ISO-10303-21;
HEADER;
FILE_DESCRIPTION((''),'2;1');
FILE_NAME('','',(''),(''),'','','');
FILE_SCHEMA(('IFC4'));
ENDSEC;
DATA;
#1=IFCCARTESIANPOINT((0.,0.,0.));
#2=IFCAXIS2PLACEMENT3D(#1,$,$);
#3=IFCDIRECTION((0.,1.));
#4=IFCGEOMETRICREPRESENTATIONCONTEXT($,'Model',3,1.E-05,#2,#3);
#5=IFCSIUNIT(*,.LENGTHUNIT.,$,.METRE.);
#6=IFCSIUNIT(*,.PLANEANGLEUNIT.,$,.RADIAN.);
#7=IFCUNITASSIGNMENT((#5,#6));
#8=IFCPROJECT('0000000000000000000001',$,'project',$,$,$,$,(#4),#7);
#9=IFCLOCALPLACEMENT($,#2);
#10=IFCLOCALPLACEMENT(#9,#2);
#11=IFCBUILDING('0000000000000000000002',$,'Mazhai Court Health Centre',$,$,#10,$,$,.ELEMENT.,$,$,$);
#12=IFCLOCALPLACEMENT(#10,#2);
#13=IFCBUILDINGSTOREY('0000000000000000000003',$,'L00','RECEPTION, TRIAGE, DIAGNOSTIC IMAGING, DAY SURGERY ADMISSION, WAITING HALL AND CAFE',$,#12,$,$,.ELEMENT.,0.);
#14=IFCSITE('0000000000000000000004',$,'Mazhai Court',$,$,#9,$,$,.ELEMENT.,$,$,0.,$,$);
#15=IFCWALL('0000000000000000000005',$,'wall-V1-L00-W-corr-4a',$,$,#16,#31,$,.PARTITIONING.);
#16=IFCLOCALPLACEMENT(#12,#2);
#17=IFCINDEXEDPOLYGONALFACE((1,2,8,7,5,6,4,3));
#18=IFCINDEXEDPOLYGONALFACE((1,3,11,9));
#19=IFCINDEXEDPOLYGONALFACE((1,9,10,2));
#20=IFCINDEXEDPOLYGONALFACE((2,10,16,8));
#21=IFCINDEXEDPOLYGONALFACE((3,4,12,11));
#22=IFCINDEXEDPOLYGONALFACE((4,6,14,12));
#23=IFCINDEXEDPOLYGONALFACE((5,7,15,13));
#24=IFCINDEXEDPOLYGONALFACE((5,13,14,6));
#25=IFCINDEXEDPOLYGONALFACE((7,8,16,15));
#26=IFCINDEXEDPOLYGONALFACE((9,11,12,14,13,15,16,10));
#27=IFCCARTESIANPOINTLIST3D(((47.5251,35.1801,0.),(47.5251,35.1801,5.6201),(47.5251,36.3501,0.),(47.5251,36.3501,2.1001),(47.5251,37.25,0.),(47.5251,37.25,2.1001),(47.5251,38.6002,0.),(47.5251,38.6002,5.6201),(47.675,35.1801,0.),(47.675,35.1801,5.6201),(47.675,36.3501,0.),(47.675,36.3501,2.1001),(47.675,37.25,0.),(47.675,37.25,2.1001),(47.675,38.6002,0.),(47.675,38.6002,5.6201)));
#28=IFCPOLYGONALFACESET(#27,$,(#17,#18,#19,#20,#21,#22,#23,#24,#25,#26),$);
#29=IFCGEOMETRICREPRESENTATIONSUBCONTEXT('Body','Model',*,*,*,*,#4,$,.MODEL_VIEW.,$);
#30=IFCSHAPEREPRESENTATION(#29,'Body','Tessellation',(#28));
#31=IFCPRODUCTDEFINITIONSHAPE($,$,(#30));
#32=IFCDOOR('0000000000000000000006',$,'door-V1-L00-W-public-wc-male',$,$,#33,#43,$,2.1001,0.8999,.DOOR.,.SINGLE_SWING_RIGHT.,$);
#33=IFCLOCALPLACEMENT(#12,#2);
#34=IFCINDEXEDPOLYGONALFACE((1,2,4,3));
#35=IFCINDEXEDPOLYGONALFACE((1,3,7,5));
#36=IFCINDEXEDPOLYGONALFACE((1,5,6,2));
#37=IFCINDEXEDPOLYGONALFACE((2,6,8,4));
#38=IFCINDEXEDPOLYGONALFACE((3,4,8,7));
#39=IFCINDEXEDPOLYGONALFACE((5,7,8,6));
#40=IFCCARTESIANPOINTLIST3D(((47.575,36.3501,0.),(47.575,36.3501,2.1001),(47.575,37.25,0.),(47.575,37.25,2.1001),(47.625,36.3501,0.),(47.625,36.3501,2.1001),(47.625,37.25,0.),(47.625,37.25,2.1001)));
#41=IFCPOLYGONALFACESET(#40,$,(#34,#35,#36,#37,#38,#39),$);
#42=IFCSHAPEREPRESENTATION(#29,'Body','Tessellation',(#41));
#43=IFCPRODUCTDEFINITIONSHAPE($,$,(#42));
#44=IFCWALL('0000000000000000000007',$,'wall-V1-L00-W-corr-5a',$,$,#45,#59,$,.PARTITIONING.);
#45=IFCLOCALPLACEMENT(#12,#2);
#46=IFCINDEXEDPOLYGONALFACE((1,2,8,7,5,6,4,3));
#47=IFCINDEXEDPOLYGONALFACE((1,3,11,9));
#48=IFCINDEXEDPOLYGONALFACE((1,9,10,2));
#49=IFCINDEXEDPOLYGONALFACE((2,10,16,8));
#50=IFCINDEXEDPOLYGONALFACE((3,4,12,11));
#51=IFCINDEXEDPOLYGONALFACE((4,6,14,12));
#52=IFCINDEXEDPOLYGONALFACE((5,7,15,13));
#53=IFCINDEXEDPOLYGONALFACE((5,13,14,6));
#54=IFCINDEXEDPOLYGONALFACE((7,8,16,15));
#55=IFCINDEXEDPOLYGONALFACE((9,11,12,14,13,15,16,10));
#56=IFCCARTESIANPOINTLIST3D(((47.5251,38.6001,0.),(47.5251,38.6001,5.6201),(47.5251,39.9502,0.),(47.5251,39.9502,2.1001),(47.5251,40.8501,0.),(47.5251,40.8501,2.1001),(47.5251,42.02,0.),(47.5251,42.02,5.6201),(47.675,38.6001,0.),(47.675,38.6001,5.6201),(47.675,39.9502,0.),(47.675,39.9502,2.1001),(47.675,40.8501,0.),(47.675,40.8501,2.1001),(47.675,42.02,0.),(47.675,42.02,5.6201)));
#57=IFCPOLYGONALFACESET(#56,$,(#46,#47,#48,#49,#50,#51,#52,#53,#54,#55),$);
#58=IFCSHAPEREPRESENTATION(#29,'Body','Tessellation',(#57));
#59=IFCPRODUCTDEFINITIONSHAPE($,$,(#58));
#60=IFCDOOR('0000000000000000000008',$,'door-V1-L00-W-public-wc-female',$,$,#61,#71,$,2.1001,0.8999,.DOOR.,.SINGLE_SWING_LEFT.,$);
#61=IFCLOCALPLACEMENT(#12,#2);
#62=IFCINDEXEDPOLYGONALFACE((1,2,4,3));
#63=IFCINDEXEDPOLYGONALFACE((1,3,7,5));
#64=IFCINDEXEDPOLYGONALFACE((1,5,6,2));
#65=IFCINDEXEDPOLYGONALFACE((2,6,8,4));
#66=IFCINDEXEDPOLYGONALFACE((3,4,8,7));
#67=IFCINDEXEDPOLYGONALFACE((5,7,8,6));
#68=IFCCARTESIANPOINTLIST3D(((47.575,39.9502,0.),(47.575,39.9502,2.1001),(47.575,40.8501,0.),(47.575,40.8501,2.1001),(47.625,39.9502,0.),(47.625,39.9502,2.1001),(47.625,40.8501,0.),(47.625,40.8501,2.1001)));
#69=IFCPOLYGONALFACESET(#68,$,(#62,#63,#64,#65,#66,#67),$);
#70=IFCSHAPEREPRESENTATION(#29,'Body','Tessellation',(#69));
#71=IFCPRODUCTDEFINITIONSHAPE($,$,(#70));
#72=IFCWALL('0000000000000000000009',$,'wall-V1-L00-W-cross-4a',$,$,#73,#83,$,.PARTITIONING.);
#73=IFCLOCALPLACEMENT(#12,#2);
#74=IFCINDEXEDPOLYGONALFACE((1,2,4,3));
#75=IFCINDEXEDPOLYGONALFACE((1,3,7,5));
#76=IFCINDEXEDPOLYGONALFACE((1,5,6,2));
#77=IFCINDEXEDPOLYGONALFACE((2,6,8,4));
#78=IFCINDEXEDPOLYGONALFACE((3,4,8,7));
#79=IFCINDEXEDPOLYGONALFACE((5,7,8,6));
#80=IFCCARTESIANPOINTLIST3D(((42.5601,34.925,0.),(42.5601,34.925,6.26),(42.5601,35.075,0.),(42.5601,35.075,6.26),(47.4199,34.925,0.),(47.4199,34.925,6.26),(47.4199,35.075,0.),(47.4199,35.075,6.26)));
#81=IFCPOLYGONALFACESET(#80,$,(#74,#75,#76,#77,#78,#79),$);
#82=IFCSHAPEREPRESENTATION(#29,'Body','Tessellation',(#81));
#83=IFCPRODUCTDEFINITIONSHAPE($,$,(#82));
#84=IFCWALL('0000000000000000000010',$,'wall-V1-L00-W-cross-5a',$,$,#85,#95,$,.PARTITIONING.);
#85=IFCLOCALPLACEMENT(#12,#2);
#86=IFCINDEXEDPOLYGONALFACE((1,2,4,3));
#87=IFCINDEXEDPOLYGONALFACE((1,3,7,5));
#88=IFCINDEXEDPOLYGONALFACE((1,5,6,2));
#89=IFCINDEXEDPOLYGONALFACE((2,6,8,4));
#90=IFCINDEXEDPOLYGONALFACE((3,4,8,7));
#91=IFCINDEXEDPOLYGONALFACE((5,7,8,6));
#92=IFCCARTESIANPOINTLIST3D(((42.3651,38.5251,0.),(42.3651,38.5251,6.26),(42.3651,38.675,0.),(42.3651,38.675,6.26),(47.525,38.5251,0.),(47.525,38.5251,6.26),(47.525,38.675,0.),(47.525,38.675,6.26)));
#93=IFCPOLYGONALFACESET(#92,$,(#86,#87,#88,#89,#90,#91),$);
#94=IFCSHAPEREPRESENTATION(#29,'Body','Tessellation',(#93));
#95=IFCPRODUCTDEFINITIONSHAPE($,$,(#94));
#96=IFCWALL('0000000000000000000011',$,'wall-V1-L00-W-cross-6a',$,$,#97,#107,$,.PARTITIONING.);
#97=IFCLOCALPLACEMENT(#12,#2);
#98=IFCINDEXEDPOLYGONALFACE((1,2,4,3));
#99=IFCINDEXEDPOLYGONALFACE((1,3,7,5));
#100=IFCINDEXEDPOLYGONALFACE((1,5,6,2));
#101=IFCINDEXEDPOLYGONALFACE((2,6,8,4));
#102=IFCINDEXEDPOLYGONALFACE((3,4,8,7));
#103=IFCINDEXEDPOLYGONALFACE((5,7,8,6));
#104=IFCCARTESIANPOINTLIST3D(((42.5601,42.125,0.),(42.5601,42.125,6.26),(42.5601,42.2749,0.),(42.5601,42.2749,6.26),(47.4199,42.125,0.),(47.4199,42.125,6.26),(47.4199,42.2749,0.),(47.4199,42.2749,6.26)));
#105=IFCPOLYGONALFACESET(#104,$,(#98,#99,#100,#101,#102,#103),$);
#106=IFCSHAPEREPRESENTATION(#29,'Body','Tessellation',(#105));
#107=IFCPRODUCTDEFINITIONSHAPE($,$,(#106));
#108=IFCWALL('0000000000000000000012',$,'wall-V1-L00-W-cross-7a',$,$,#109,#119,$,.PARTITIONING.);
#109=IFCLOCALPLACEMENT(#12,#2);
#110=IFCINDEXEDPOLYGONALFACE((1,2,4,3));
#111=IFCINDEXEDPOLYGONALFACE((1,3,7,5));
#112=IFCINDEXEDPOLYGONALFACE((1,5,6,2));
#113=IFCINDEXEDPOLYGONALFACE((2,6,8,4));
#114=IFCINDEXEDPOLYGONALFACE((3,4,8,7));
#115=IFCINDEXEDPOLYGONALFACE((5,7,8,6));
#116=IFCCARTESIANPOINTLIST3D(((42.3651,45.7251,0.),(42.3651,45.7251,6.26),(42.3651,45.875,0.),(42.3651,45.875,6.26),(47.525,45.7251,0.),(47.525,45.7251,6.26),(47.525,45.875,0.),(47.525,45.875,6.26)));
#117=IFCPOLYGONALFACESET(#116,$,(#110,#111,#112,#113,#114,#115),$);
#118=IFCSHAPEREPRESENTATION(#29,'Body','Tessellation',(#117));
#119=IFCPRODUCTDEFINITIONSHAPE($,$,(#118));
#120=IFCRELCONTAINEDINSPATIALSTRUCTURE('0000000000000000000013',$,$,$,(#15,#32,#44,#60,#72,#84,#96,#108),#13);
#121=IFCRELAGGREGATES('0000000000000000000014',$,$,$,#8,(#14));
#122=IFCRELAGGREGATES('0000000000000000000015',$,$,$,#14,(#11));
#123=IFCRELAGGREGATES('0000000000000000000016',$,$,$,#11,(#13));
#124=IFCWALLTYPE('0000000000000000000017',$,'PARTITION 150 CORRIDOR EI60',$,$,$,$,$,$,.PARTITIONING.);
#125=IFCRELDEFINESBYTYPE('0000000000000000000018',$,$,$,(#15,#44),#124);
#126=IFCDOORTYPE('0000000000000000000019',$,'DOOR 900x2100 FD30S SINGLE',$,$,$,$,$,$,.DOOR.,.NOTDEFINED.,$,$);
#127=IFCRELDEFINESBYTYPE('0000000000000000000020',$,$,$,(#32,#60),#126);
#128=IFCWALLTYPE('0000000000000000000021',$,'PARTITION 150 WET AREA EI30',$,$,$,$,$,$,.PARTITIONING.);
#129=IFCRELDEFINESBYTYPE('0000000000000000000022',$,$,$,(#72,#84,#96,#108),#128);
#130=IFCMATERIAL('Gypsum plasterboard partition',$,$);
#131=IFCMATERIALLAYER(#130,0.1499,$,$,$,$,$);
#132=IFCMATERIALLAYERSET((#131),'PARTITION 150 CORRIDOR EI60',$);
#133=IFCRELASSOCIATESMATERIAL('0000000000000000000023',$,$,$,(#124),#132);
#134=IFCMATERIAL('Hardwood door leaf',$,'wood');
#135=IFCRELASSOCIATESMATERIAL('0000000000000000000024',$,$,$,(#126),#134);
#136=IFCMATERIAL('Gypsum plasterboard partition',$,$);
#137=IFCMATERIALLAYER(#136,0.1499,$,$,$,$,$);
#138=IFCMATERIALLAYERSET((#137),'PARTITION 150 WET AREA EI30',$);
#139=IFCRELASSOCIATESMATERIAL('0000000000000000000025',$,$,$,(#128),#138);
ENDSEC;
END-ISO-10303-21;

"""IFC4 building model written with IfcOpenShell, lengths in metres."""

from ifc_helpers import new_model, si_unit, direction, frame, frame_2d, origin, place, context, subcontext, project, spatial, rectangle, extrude, material, layer, layer_set, type_object, element, fill, save


model = new_model("IFC4")

# Units and contexts
model_context = context("Model", 3, precision=1e-05, world=origin(), true_north=direction((0.0, 1.0)))
body_context = subcontext(model_context, "Body", "Model", "MODEL_VIEW")
ifc_project = project(units=[si_unit("LENGTHUNIT", "METRE"), si_unit("PLANEANGLEUNIT", "RADIAN")], contexts=[model_context])

# Site, building, storey
site_placement = place(None, origin())
site = spatial("IfcSite", under=ifc_project, at=site_placement, Name="Mazhai Court", CompositionType="ELEMENT", RefElevation=0.0)
building_placement = place(site_placement, origin())
building = spatial("IfcBuilding", under=site, at=building_placement, Name="Mazhai Court Health Centre", CompositionType="ELEMENT")
storey_placement = place(building_placement, origin())
storey = spatial("IfcBuildingStorey", under=building, at=storey_placement, Name="L00", Description="RECEPTION, TRIAGE, DIAGNOSTIC IMAGING, DAY SURGERY ADMISSION, WAITING HALL AND CAFE", CompositionType="ELEMENT", Elevation=0.0)

# Walls, openings, doors
ifc_material_1 = material(Name="Gypsum plasterboard partition")
ifc_layer_1 = layer(ifc_material_1, 0.1499)
ifc_layer_set_1 = layer_set([ifc_layer_1], Name="PARTITION 150 CORRIDOR EI60")
wall_type_1 = type_object("IfcWallType", Name="PARTITION 150 CORRIDOR EI60", PredefinedType="PARTITIONING", material=ifc_layer_set_1)
wall_1_placement = place(storey_placement, frame((47.6001, 38.6001, 0.0), z_axis=(0.0, 0.0, 1.0), x_axis=(0.0, -1.0, 0.0)))
wall_1 = element("IfcWall", 1, at=wall_1_placement, inside=storey, type_object=wall_type_1, Name="wall-V1-L00-W-corr-4a", PredefinedType="PARTITIONING", context=body_context, shape_type="SweptSolid", body=[
    extrude(rectangle(XDim=3.4202, YDim=0.1499, at=frame_2d((1.71, 0.0))), origin(), (0.0, 0.0, 1.0), 5.6201),
])
opening_1_placement = place(wall_1_placement, frame((1.3501, 0.0, 0.0)))
opening_1 = element("IfcOpeningElement", 2, at=opening_1_placement, cuts=wall_1, PredefinedType="OPENING", context=body_context, shape_type="SweptSolid", body=[
    extrude(rectangle(XDim=0.8999, YDim=2.1001, at=frame_2d((0.45, 1.05))), frame((0.0, 0.085, 0.0), z_axis=(0.0, -1.0, 0.0), x_axis=(1.0, 0.0, 0.0)), (0.0, 0.0, 1.0), 0.1699),
])
ifc_material_2 = material(Name="Hardwood door leaf", Category="wood")
door_type = type_object("IfcDoorType", Name="DOOR 900x2100 FD30S SINGLE", OperationType="NOTDEFINED", PredefinedType="DOOR", material=ifc_material_2)
door_1_placement = place(opening_1_placement, origin())
door_1 = element("IfcDoor", 3, at=door_1_placement, inside=storey, type_object=door_type, Name="door-V1-L00-W-public-wc-male", OperationType="SINGLE_SWING_RIGHT", OverallHeight=2.1001, OverallWidth=0.8999, PredefinedType="DOOR", context=body_context, shape_type="SweptSolid", body=[
    extrude(rectangle(XDim=0.8999, YDim=2.1001, at=frame_2d((0.45, 1.05))), frame((0.0, 0.0249, 0.0), z_axis=(0.0, -1.0, 0.0), x_axis=(1.0, 0.0, 0.0)), (0.0, 0.0, 1.0), 0.05),
])
fill(opening_1, door_1)
wall_2_placement = place(storey_placement, frame((47.6001, 42.02, 0.0), z_axis=(0.0, 0.0, 1.0), x_axis=(0.0, -1.0, 0.0)))
wall_2 = element("IfcWall", 4, at=wall_2_placement, inside=storey, type_object=wall_type_1, Name="wall-V1-L00-W-corr-5a", PredefinedType="PARTITIONING", context=body_context, shape_type="SweptSolid", body=[
    extrude(rectangle(XDim=3.4199, YDim=0.1499, at=frame_2d((1.71, 0.0))), origin(), (0.0, 0.0, 1.0), 5.6201),
])
opening_2_placement = place(wall_2_placement, frame((1.1699, 0.0, 0.0)))
opening_2 = element("IfcOpeningElement", 5, at=opening_2_placement, cuts=wall_2, PredefinedType="OPENING", context=body_context, shape_type="SweptSolid", body=[
    extrude(rectangle(XDim=0.8999, YDim=2.1001, at=frame_2d((0.45, 1.05))), frame((0.0, 0.085, 0.0), z_axis=(0.0, -1.0, 0.0), x_axis=(1.0, 0.0, 0.0)), (0.0, 0.0, 1.0), 0.1699),
])
door_2_placement = place(opening_2_placement, origin())
door_2 = element("IfcDoor", 6, at=door_2_placement, inside=storey, type_object=door_type, Name="door-V1-L00-W-public-wc-female", OperationType="SINGLE_SWING_LEFT", OverallHeight=2.1001, OverallWidth=0.8999, PredefinedType="DOOR", context=body_context, shape_type="SweptSolid", body=[
    extrude(rectangle(XDim=0.8999, YDim=2.1001, at=frame_2d((0.45, 1.05))), frame((0.0, 0.0249, 0.0), z_axis=(0.0, -1.0, 0.0), x_axis=(1.0, 0.0, 0.0)), (0.0, 0.0, 1.0), 0.05),
])
fill(opening_2, door_2)

# Walls
ifc_material_3 = material(Name="Gypsum plasterboard partition")
ifc_layer_2 = layer(ifc_material_3, 0.1499)
ifc_layer_set_2 = layer_set([ifc_layer_2], Name="PARTITION 150 WET AREA EI30")
wall_type_2 = type_object("IfcWallType", Name="PARTITION 150 WET AREA EI30", PredefinedType="PARTITIONING", material=ifc_layer_set_2)
wall_3_placement = place(storey_placement, frame((42.5601, 35.0, 0.0), z_axis=(0.0, 0.0, 1.0), x_axis=(1.0, 0.0, 0.0)))
element("IfcWall", 7, at=wall_3_placement, inside=storey, type_object=wall_type_2, Name="wall-V1-L00-W-cross-4a", PredefinedType="PARTITIONING", context=body_context, shape_type="SweptSolid", body=[
    extrude(rectangle(XDim=4.8599, YDim=0.1499, at=frame_2d((2.4299, 0.0))), origin(), (0.0, 0.0, 1.0), 6.26),
])
wall_4_placement = place(storey_placement, frame((42.365, 38.6001, 0.0), z_axis=(0.0, 0.0, 1.0), x_axis=(1.0, 0.0, 0.0)))
element("IfcWall", 8, at=wall_4_placement, inside=storey, type_object=wall_type_2, Name="wall-V1-L00-W-cross-5a", PredefinedType="PARTITIONING", context=body_context, shape_type="SweptSolid", body=[
    extrude(rectangle(XDim=5.1599, YDim=0.1499, at=frame_2d((2.5801, 0.0))), origin(), (0.0, 0.0, 1.0), 6.26),
])
wall_5_placement = place(storey_placement, frame((42.5601, 42.2, 0.0), z_axis=(0.0, 0.0, 1.0), x_axis=(1.0, 0.0, 0.0)))
element("IfcWall", 9, at=wall_5_placement, inside=storey, type_object=wall_type_2, Name="wall-V1-L00-W-cross-6a", PredefinedType="PARTITIONING", context=body_context, shape_type="SweptSolid", body=[
    extrude(rectangle(XDim=4.8599, YDim=0.1499, at=frame_2d((2.4299, 0.0))), origin(), (0.0, 0.0, 1.0), 6.26),
])
wall_6_placement = place(storey_placement, frame((42.365, 45.8, 0.0), z_axis=(0.0, 0.0, 1.0), x_axis=(1.0, 0.0, 0.0)))
element("IfcWall", 10, at=wall_6_placement, inside=storey, type_object=wall_type_2, Name="wall-V1-L00-W-cross-7a", PredefinedType="PARTITIONING", context=body_context, shape_type="SweptSolid", body=[
    extrude(rectangle(XDim=5.1599, YDim=0.1499, at=frame_2d((2.5801, 0.0))), origin(), (0.0, 0.0, 1.0), 6.26),
])

save(model, "model.ifc")
